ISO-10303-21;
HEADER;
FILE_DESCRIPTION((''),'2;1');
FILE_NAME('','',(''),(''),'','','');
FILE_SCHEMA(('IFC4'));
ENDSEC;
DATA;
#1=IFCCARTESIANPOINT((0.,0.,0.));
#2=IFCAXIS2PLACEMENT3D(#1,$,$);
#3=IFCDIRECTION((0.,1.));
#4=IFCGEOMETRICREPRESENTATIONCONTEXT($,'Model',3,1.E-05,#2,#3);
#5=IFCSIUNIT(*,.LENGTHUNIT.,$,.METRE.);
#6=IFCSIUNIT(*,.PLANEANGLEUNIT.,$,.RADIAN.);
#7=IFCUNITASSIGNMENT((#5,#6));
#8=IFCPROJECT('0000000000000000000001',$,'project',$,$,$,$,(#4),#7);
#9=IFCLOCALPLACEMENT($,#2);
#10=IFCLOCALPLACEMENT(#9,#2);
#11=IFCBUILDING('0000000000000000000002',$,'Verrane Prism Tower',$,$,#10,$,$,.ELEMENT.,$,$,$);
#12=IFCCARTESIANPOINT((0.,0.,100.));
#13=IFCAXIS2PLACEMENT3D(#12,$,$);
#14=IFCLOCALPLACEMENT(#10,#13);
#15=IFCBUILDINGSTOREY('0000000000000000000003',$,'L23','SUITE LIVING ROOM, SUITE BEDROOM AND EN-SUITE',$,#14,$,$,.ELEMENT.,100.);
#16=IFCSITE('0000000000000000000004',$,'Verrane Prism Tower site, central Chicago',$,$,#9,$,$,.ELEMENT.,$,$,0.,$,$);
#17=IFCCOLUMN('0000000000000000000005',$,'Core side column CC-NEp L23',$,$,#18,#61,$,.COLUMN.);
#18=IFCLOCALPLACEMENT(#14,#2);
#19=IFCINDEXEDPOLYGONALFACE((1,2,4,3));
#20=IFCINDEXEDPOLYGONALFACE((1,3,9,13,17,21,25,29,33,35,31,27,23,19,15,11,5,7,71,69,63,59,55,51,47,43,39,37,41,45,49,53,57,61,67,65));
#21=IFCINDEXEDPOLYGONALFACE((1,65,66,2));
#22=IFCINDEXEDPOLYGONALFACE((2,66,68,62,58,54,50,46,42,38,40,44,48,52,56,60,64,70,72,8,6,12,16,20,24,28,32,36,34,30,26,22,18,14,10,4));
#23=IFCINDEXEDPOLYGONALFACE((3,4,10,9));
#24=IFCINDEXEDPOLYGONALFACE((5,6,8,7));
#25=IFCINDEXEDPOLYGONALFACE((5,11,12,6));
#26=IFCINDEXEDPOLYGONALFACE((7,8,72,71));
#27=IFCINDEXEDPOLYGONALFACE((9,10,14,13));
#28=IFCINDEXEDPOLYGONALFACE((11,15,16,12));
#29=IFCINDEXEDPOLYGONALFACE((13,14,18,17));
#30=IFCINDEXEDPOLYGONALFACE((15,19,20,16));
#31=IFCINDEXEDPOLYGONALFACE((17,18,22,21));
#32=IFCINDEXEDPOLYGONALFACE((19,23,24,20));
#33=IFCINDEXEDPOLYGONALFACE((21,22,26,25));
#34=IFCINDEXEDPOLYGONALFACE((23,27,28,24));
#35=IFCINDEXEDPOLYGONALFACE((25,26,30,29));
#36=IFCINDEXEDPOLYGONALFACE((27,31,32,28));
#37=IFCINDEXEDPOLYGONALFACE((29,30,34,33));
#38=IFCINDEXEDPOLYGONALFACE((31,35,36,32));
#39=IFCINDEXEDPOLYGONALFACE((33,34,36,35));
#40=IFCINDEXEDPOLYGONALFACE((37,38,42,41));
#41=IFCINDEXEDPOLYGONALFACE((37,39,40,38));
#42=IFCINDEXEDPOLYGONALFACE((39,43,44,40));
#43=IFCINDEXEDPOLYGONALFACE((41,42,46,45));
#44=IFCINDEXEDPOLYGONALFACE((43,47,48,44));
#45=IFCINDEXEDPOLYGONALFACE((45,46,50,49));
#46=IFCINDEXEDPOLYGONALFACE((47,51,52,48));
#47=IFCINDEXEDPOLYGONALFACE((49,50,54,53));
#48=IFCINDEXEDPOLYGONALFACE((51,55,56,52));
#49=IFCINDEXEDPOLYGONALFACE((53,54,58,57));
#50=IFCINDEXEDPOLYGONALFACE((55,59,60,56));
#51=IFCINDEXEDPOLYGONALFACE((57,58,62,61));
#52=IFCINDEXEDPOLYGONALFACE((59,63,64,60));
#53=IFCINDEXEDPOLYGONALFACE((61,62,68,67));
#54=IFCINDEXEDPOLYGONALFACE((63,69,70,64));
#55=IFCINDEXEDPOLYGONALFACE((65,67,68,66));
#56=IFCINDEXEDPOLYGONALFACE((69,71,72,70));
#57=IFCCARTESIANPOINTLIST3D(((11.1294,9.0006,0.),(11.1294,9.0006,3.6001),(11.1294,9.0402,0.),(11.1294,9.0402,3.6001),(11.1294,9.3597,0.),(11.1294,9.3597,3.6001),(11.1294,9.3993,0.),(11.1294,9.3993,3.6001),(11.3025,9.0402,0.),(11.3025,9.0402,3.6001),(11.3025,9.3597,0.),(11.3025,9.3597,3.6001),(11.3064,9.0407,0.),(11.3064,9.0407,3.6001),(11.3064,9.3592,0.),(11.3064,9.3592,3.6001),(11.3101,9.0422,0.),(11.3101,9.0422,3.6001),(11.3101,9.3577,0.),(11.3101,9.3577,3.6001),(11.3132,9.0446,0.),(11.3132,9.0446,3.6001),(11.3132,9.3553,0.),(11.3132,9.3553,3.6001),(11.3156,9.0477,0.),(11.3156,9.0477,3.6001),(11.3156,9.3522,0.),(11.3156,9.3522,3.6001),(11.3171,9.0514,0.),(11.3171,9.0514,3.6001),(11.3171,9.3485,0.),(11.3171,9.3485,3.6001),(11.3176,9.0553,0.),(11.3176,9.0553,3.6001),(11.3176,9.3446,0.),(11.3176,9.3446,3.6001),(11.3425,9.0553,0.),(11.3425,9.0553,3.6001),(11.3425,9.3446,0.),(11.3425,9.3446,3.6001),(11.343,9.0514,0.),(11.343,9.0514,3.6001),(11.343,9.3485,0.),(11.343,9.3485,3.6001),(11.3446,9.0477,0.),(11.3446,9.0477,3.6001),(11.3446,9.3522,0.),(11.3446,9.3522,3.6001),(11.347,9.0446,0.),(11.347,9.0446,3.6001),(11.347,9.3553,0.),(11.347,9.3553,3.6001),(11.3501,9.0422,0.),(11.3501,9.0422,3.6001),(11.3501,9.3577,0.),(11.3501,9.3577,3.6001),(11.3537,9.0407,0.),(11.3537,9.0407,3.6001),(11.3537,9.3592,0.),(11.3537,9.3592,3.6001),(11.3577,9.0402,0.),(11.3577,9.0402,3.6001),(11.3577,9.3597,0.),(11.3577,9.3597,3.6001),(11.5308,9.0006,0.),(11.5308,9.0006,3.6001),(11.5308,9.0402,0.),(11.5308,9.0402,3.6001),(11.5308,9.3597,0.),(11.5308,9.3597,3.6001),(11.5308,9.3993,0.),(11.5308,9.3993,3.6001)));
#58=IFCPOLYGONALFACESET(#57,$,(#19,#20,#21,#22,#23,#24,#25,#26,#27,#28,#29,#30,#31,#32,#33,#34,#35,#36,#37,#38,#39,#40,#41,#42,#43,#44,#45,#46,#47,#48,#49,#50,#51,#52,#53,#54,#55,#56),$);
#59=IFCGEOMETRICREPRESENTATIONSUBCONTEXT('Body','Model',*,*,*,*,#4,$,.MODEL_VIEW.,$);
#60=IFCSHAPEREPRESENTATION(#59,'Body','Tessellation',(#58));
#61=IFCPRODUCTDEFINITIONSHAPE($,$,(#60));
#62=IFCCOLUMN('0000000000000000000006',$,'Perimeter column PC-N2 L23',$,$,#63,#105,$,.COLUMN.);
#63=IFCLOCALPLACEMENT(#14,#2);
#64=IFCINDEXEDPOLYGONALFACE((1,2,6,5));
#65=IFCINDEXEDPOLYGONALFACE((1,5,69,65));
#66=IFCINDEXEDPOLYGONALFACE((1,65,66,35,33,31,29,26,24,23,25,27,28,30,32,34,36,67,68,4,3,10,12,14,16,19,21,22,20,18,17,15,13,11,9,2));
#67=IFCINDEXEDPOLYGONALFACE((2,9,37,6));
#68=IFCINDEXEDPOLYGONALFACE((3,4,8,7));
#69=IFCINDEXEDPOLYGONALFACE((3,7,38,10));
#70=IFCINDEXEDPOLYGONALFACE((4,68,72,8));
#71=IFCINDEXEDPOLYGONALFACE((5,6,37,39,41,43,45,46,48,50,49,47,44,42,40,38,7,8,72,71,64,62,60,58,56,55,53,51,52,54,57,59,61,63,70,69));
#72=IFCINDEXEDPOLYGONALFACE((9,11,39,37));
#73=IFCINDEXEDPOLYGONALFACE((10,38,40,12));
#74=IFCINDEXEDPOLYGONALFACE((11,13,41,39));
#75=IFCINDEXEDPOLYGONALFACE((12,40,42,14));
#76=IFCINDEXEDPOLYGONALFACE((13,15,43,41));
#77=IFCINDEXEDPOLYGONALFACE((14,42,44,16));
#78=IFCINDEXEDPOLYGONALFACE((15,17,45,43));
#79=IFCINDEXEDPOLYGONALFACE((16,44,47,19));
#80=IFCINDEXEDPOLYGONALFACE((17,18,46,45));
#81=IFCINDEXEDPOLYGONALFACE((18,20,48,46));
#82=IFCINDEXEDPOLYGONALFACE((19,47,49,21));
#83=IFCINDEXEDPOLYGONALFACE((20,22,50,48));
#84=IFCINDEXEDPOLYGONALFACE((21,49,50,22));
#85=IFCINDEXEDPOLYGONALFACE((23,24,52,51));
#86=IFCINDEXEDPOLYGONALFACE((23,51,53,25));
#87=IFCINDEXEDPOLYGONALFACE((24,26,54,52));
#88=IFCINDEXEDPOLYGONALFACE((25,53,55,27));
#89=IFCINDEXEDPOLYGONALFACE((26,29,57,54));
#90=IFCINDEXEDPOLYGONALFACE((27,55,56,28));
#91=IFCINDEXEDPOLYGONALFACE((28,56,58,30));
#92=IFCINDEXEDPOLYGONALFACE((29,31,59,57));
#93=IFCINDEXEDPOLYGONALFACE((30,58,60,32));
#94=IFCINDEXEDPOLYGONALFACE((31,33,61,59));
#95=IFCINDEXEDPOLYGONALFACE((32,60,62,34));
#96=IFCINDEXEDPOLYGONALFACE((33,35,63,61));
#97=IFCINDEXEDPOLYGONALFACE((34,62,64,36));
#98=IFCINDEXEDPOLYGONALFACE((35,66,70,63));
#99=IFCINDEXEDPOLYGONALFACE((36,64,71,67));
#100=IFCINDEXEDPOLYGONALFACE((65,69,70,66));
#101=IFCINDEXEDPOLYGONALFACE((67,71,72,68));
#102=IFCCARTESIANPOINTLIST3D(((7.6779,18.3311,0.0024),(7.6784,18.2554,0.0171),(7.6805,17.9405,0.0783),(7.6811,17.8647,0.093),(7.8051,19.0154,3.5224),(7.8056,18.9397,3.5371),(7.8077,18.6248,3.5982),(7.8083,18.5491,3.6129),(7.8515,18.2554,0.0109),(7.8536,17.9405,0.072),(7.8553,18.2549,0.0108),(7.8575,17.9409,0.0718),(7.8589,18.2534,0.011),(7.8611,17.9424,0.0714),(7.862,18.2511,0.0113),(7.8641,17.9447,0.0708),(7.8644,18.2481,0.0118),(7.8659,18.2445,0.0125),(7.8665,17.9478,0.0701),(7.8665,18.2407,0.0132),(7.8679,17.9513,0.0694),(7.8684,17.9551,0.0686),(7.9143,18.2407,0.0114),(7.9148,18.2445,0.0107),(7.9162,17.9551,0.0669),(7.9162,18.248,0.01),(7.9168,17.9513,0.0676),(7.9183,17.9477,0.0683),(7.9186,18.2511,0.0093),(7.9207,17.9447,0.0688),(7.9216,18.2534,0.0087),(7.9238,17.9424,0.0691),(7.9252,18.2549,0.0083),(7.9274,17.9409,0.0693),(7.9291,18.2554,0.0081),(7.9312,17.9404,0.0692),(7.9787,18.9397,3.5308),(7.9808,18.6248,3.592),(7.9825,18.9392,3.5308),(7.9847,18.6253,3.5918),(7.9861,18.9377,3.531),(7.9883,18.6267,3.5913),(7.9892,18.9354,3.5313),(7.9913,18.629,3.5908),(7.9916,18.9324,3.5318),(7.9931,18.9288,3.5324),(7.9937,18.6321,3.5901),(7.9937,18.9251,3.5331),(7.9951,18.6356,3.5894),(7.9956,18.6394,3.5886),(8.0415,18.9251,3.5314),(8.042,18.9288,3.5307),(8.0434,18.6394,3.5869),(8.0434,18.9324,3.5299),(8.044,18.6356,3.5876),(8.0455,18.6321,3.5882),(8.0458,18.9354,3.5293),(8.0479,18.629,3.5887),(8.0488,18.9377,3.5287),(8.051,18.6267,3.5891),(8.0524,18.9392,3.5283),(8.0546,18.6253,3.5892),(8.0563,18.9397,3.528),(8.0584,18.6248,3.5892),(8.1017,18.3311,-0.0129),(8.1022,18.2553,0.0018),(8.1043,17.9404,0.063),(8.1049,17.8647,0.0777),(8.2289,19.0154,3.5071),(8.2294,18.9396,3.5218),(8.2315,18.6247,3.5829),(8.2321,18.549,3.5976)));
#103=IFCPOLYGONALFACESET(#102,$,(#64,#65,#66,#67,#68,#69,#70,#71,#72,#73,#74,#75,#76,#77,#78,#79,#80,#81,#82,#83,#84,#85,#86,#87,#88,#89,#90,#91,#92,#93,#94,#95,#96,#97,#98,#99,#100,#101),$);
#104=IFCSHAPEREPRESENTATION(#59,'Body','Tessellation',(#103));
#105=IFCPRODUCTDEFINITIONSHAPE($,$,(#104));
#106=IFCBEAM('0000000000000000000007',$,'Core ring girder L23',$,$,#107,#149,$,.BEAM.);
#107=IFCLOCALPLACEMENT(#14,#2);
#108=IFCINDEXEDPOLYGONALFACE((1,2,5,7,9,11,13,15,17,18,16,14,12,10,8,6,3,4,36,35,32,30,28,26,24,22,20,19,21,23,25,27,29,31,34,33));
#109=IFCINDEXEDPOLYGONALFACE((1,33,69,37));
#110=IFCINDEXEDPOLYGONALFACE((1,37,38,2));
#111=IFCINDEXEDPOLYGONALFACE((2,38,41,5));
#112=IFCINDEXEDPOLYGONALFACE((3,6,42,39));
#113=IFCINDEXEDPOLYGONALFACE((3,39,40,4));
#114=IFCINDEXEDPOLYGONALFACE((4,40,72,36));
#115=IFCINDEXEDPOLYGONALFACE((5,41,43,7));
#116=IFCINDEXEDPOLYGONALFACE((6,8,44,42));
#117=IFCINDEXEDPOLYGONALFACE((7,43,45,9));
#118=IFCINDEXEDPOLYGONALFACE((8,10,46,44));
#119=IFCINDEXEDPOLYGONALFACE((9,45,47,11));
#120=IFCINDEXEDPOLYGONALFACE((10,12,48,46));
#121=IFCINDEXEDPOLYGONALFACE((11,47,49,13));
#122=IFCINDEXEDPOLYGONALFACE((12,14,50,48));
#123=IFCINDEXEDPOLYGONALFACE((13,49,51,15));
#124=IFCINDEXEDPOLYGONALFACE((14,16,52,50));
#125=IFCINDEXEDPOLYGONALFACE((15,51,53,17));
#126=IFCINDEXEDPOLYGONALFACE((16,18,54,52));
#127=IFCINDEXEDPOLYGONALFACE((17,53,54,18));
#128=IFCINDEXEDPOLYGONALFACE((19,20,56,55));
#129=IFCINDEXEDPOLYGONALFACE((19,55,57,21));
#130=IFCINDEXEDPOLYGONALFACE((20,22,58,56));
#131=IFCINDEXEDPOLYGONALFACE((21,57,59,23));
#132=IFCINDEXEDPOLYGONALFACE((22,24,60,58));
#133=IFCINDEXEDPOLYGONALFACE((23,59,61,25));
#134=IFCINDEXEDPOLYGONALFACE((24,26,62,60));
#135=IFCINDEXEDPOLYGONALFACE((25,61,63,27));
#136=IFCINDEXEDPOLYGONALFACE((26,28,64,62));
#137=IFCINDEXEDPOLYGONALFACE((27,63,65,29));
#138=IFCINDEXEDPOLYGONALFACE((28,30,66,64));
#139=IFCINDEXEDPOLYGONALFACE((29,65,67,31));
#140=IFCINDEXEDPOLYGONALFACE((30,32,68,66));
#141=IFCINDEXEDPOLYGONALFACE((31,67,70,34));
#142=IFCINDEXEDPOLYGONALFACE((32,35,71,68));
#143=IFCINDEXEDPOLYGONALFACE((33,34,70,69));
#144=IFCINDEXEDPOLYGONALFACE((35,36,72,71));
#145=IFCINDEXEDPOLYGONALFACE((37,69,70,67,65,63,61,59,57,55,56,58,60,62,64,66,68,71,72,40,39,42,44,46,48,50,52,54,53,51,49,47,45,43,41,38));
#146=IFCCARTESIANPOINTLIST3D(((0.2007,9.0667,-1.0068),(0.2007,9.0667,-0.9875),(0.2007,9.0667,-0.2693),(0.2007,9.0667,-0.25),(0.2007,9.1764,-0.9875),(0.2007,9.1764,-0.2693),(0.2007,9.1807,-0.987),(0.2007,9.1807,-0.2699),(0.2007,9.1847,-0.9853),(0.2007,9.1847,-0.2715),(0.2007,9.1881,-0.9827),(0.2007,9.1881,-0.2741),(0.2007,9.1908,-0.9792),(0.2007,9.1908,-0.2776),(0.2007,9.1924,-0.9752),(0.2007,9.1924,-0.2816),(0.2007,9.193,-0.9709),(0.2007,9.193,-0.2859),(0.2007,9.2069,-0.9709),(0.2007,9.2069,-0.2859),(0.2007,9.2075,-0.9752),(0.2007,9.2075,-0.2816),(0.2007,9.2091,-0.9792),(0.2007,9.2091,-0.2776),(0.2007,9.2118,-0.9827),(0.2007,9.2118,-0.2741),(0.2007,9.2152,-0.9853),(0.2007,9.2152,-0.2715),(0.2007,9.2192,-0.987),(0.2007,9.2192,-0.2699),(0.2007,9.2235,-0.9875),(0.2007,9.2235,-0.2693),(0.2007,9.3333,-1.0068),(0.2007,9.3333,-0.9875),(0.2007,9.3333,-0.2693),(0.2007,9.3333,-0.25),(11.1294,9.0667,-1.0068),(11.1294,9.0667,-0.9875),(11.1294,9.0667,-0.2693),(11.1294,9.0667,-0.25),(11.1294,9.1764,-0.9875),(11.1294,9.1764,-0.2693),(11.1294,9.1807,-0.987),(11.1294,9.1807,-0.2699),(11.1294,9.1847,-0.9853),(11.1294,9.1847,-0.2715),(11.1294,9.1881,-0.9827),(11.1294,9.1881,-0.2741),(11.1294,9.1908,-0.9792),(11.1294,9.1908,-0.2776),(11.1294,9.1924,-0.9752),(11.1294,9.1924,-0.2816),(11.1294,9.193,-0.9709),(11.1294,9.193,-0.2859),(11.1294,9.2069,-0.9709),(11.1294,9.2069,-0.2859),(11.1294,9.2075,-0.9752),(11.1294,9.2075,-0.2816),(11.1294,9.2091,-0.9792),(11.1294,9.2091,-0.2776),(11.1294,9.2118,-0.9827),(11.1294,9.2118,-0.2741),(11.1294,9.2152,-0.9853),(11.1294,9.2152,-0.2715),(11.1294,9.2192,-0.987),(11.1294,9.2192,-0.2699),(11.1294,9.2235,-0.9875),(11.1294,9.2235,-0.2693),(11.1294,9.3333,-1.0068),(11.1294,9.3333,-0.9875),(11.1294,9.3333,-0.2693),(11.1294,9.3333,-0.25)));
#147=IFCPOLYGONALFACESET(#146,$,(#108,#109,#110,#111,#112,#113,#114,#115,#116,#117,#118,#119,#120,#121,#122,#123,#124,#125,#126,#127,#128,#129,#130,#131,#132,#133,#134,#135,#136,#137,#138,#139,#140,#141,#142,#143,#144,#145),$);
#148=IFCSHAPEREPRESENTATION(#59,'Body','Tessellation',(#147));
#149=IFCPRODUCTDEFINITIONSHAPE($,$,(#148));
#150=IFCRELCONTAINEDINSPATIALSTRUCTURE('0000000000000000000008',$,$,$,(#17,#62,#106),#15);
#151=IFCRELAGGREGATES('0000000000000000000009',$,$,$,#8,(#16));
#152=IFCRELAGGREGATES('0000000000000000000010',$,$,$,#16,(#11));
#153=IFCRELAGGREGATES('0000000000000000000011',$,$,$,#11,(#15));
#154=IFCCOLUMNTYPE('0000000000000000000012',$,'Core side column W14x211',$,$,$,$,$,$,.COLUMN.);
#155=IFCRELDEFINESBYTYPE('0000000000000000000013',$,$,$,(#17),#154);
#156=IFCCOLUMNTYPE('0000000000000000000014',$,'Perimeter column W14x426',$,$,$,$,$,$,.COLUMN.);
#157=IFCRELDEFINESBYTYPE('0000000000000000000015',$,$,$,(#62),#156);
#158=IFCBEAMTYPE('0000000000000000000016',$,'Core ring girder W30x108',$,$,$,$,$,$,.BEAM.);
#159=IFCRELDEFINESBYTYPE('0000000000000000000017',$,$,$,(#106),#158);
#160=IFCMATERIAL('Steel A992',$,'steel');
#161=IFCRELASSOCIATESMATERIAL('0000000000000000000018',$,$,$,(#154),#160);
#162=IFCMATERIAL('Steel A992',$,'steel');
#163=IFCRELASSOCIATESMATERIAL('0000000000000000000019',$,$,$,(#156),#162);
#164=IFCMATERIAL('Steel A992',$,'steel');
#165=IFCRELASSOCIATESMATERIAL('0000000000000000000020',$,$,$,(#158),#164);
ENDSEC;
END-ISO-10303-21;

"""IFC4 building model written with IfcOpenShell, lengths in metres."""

from ifc_helpers import new_model, si_unit, direction, frame, origin, origin_2d, place, context, subcontext, project, spatial, i_section, extrude, material, material_profile, profile_set, type_object, element, save


model = new_model("IFC4")

# Units and contexts
model_context = context("Model", 3, precision=1e-05, world=origin(), true_north=direction((0.0, 1.0)))
body_context = subcontext(model_context, "Body", "Model", "MODEL_VIEW")
ifc_project = project(units=[si_unit("LENGTHUNIT", "METRE"), si_unit("PLANEANGLEUNIT", "RADIAN")], contexts=[model_context])

# Site, building, storey
site_placement = place(None, origin())
site = spatial("IfcSite", under=ifc_project, at=site_placement, Name="Verrane Prism Tower site, central Chicago", CompositionType="ELEMENT", RefElevation=0.0)
building_placement = place(site_placement, origin())
building = spatial("IfcBuilding", under=site, at=building_placement, Name="Verrane Prism Tower", CompositionType="ELEMENT")
storey_placement = place(building_placement, frame((0.0, 0.0, 100.0)))
storey = spatial("IfcBuildingStorey", under=building, at=storey_placement, Name="L23", Description="SUITE LIVING ROOM, SUITE BEDROOM AND EN-SUITE", CompositionType="ELEMENT", Elevation=100.0)

# Columns
ifc_material_1 = material(Name="Steel A992", Category="steel")
ifc_material_profile_1 = material_profile(ifc_material_1, i_section(OverallWidth=0.4014, OverallDepth=0.3987, WebThickness=0.0249, FlangeThickness=0.0396, FilletRadius=0.0151, at=origin_2d()), Name="W14x211")
ifc_profile_set_1 = profile_set([ifc_material_profile_1], Name="Steel A992")
column_type_1 = type_object("IfcColumnType", Name="Core side column W14x211", PredefinedType="COLUMN", material=ifc_profile_set_1)
column_1_placement = place(storey_placement, frame((11.3301, 9.2, 0.0), z_axis=(0.0, 0.0, 1.0), x_axis=(1.0, 0.0, 0.0)))
element("IfcColumn", 1, at=column_1_placement, inside=storey, type_object=column_type_1, Name="Core side column CC-NEp L23", PredefinedType="COLUMN", context=body_context, shape_type="SweptSolid", body=[
    extrude(i_section(OverallWidth=0.4014, OverallDepth=0.3987, WebThickness=0.0249, FlangeThickness=0.0396, FilletRadius=0.0151, at=origin_2d()), origin(), (0.0, 0.0, 1.0), 3.6001),
])
ifc_material_2 = material(Name="Steel A992", Category="steel")
ifc_material_profile_2 = material_profile(ifc_material_2, i_section(OverallWidth=0.4241, OverallDepth=0.4751, WebThickness=0.0479, FlangeThickness=0.0771, FilletRadius=0.0149, at=origin_2d()), Name="W14x426")
ifc_profile_set_2 = profile_set([ifc_material_profile_2], Name="Steel A992")
column_type_2 = type_object("IfcColumnType", Name="Perimeter column W14x426", PredefinedType="COLUMN", material=ifc_profile_set_2)
column_2_placement = place(storey_placement, frame((7.8914, 18.0979, 0.04), z_axis=(0.035449, 0.190717, 0.981005), x_axis=(0.999349, -0.000151, -0.036082)))
element("IfcColumn", 2, at=column_2_placement, inside=storey, type_object=column_type_2, Name="Perimeter column PC-N2 L23", PredefinedType="COLUMN", context=body_context, shape_type="SweptSolid", body=[
    extrude(i_section(OverallWidth=0.4241, OverallDepth=0.4751, WebThickness=0.0479, FlangeThickness=0.0771, FilletRadius=0.0149, at=origin_2d()), origin(), (0.0, 0.0, 1.0), 3.5881),
])

# Beam
ifc_material_3 = material(Name="Steel A992", Category="steel")
ifc_material_profile_3 = material_profile(ifc_material_3, i_section(OverallWidth=0.2666, OverallDepth=0.7568, WebThickness=0.0139, FlangeThickness=0.0193, FilletRadius=0.0166, at=origin_2d()), Name="W30x108")
ifc_profile_set_3 = profile_set([ifc_material_profile_3], Name="Steel A992")
beam_type_1 = type_object("IfcBeamType", Name="Core ring girder W30x108", PredefinedType="BEAM", material=ifc_profile_set_3)
beam_1_placement = place(storey_placement, frame((11.1294, 9.2, -0.6284), z_axis=(-1.0, 0.0, 0.0), x_axis=(0.0, -1.0, 0.0)))
element("IfcBeam", 3, at=beam_1_placement, inside=storey, type_object=beam_type_1, Name="Core ring girder L23", PredefinedType="BEAM", context=body_context, shape_type="SweptSolid", body=[
    extrude(i_section(OverallWidth=0.2666, OverallDepth=0.7568, WebThickness=0.0139, FlangeThickness=0.0193, FilletRadius=0.0166, at=origin_2d()), origin(), (0.0, 0.0, 1.0), 10.9287),
])

save(model, "model.ifc")
